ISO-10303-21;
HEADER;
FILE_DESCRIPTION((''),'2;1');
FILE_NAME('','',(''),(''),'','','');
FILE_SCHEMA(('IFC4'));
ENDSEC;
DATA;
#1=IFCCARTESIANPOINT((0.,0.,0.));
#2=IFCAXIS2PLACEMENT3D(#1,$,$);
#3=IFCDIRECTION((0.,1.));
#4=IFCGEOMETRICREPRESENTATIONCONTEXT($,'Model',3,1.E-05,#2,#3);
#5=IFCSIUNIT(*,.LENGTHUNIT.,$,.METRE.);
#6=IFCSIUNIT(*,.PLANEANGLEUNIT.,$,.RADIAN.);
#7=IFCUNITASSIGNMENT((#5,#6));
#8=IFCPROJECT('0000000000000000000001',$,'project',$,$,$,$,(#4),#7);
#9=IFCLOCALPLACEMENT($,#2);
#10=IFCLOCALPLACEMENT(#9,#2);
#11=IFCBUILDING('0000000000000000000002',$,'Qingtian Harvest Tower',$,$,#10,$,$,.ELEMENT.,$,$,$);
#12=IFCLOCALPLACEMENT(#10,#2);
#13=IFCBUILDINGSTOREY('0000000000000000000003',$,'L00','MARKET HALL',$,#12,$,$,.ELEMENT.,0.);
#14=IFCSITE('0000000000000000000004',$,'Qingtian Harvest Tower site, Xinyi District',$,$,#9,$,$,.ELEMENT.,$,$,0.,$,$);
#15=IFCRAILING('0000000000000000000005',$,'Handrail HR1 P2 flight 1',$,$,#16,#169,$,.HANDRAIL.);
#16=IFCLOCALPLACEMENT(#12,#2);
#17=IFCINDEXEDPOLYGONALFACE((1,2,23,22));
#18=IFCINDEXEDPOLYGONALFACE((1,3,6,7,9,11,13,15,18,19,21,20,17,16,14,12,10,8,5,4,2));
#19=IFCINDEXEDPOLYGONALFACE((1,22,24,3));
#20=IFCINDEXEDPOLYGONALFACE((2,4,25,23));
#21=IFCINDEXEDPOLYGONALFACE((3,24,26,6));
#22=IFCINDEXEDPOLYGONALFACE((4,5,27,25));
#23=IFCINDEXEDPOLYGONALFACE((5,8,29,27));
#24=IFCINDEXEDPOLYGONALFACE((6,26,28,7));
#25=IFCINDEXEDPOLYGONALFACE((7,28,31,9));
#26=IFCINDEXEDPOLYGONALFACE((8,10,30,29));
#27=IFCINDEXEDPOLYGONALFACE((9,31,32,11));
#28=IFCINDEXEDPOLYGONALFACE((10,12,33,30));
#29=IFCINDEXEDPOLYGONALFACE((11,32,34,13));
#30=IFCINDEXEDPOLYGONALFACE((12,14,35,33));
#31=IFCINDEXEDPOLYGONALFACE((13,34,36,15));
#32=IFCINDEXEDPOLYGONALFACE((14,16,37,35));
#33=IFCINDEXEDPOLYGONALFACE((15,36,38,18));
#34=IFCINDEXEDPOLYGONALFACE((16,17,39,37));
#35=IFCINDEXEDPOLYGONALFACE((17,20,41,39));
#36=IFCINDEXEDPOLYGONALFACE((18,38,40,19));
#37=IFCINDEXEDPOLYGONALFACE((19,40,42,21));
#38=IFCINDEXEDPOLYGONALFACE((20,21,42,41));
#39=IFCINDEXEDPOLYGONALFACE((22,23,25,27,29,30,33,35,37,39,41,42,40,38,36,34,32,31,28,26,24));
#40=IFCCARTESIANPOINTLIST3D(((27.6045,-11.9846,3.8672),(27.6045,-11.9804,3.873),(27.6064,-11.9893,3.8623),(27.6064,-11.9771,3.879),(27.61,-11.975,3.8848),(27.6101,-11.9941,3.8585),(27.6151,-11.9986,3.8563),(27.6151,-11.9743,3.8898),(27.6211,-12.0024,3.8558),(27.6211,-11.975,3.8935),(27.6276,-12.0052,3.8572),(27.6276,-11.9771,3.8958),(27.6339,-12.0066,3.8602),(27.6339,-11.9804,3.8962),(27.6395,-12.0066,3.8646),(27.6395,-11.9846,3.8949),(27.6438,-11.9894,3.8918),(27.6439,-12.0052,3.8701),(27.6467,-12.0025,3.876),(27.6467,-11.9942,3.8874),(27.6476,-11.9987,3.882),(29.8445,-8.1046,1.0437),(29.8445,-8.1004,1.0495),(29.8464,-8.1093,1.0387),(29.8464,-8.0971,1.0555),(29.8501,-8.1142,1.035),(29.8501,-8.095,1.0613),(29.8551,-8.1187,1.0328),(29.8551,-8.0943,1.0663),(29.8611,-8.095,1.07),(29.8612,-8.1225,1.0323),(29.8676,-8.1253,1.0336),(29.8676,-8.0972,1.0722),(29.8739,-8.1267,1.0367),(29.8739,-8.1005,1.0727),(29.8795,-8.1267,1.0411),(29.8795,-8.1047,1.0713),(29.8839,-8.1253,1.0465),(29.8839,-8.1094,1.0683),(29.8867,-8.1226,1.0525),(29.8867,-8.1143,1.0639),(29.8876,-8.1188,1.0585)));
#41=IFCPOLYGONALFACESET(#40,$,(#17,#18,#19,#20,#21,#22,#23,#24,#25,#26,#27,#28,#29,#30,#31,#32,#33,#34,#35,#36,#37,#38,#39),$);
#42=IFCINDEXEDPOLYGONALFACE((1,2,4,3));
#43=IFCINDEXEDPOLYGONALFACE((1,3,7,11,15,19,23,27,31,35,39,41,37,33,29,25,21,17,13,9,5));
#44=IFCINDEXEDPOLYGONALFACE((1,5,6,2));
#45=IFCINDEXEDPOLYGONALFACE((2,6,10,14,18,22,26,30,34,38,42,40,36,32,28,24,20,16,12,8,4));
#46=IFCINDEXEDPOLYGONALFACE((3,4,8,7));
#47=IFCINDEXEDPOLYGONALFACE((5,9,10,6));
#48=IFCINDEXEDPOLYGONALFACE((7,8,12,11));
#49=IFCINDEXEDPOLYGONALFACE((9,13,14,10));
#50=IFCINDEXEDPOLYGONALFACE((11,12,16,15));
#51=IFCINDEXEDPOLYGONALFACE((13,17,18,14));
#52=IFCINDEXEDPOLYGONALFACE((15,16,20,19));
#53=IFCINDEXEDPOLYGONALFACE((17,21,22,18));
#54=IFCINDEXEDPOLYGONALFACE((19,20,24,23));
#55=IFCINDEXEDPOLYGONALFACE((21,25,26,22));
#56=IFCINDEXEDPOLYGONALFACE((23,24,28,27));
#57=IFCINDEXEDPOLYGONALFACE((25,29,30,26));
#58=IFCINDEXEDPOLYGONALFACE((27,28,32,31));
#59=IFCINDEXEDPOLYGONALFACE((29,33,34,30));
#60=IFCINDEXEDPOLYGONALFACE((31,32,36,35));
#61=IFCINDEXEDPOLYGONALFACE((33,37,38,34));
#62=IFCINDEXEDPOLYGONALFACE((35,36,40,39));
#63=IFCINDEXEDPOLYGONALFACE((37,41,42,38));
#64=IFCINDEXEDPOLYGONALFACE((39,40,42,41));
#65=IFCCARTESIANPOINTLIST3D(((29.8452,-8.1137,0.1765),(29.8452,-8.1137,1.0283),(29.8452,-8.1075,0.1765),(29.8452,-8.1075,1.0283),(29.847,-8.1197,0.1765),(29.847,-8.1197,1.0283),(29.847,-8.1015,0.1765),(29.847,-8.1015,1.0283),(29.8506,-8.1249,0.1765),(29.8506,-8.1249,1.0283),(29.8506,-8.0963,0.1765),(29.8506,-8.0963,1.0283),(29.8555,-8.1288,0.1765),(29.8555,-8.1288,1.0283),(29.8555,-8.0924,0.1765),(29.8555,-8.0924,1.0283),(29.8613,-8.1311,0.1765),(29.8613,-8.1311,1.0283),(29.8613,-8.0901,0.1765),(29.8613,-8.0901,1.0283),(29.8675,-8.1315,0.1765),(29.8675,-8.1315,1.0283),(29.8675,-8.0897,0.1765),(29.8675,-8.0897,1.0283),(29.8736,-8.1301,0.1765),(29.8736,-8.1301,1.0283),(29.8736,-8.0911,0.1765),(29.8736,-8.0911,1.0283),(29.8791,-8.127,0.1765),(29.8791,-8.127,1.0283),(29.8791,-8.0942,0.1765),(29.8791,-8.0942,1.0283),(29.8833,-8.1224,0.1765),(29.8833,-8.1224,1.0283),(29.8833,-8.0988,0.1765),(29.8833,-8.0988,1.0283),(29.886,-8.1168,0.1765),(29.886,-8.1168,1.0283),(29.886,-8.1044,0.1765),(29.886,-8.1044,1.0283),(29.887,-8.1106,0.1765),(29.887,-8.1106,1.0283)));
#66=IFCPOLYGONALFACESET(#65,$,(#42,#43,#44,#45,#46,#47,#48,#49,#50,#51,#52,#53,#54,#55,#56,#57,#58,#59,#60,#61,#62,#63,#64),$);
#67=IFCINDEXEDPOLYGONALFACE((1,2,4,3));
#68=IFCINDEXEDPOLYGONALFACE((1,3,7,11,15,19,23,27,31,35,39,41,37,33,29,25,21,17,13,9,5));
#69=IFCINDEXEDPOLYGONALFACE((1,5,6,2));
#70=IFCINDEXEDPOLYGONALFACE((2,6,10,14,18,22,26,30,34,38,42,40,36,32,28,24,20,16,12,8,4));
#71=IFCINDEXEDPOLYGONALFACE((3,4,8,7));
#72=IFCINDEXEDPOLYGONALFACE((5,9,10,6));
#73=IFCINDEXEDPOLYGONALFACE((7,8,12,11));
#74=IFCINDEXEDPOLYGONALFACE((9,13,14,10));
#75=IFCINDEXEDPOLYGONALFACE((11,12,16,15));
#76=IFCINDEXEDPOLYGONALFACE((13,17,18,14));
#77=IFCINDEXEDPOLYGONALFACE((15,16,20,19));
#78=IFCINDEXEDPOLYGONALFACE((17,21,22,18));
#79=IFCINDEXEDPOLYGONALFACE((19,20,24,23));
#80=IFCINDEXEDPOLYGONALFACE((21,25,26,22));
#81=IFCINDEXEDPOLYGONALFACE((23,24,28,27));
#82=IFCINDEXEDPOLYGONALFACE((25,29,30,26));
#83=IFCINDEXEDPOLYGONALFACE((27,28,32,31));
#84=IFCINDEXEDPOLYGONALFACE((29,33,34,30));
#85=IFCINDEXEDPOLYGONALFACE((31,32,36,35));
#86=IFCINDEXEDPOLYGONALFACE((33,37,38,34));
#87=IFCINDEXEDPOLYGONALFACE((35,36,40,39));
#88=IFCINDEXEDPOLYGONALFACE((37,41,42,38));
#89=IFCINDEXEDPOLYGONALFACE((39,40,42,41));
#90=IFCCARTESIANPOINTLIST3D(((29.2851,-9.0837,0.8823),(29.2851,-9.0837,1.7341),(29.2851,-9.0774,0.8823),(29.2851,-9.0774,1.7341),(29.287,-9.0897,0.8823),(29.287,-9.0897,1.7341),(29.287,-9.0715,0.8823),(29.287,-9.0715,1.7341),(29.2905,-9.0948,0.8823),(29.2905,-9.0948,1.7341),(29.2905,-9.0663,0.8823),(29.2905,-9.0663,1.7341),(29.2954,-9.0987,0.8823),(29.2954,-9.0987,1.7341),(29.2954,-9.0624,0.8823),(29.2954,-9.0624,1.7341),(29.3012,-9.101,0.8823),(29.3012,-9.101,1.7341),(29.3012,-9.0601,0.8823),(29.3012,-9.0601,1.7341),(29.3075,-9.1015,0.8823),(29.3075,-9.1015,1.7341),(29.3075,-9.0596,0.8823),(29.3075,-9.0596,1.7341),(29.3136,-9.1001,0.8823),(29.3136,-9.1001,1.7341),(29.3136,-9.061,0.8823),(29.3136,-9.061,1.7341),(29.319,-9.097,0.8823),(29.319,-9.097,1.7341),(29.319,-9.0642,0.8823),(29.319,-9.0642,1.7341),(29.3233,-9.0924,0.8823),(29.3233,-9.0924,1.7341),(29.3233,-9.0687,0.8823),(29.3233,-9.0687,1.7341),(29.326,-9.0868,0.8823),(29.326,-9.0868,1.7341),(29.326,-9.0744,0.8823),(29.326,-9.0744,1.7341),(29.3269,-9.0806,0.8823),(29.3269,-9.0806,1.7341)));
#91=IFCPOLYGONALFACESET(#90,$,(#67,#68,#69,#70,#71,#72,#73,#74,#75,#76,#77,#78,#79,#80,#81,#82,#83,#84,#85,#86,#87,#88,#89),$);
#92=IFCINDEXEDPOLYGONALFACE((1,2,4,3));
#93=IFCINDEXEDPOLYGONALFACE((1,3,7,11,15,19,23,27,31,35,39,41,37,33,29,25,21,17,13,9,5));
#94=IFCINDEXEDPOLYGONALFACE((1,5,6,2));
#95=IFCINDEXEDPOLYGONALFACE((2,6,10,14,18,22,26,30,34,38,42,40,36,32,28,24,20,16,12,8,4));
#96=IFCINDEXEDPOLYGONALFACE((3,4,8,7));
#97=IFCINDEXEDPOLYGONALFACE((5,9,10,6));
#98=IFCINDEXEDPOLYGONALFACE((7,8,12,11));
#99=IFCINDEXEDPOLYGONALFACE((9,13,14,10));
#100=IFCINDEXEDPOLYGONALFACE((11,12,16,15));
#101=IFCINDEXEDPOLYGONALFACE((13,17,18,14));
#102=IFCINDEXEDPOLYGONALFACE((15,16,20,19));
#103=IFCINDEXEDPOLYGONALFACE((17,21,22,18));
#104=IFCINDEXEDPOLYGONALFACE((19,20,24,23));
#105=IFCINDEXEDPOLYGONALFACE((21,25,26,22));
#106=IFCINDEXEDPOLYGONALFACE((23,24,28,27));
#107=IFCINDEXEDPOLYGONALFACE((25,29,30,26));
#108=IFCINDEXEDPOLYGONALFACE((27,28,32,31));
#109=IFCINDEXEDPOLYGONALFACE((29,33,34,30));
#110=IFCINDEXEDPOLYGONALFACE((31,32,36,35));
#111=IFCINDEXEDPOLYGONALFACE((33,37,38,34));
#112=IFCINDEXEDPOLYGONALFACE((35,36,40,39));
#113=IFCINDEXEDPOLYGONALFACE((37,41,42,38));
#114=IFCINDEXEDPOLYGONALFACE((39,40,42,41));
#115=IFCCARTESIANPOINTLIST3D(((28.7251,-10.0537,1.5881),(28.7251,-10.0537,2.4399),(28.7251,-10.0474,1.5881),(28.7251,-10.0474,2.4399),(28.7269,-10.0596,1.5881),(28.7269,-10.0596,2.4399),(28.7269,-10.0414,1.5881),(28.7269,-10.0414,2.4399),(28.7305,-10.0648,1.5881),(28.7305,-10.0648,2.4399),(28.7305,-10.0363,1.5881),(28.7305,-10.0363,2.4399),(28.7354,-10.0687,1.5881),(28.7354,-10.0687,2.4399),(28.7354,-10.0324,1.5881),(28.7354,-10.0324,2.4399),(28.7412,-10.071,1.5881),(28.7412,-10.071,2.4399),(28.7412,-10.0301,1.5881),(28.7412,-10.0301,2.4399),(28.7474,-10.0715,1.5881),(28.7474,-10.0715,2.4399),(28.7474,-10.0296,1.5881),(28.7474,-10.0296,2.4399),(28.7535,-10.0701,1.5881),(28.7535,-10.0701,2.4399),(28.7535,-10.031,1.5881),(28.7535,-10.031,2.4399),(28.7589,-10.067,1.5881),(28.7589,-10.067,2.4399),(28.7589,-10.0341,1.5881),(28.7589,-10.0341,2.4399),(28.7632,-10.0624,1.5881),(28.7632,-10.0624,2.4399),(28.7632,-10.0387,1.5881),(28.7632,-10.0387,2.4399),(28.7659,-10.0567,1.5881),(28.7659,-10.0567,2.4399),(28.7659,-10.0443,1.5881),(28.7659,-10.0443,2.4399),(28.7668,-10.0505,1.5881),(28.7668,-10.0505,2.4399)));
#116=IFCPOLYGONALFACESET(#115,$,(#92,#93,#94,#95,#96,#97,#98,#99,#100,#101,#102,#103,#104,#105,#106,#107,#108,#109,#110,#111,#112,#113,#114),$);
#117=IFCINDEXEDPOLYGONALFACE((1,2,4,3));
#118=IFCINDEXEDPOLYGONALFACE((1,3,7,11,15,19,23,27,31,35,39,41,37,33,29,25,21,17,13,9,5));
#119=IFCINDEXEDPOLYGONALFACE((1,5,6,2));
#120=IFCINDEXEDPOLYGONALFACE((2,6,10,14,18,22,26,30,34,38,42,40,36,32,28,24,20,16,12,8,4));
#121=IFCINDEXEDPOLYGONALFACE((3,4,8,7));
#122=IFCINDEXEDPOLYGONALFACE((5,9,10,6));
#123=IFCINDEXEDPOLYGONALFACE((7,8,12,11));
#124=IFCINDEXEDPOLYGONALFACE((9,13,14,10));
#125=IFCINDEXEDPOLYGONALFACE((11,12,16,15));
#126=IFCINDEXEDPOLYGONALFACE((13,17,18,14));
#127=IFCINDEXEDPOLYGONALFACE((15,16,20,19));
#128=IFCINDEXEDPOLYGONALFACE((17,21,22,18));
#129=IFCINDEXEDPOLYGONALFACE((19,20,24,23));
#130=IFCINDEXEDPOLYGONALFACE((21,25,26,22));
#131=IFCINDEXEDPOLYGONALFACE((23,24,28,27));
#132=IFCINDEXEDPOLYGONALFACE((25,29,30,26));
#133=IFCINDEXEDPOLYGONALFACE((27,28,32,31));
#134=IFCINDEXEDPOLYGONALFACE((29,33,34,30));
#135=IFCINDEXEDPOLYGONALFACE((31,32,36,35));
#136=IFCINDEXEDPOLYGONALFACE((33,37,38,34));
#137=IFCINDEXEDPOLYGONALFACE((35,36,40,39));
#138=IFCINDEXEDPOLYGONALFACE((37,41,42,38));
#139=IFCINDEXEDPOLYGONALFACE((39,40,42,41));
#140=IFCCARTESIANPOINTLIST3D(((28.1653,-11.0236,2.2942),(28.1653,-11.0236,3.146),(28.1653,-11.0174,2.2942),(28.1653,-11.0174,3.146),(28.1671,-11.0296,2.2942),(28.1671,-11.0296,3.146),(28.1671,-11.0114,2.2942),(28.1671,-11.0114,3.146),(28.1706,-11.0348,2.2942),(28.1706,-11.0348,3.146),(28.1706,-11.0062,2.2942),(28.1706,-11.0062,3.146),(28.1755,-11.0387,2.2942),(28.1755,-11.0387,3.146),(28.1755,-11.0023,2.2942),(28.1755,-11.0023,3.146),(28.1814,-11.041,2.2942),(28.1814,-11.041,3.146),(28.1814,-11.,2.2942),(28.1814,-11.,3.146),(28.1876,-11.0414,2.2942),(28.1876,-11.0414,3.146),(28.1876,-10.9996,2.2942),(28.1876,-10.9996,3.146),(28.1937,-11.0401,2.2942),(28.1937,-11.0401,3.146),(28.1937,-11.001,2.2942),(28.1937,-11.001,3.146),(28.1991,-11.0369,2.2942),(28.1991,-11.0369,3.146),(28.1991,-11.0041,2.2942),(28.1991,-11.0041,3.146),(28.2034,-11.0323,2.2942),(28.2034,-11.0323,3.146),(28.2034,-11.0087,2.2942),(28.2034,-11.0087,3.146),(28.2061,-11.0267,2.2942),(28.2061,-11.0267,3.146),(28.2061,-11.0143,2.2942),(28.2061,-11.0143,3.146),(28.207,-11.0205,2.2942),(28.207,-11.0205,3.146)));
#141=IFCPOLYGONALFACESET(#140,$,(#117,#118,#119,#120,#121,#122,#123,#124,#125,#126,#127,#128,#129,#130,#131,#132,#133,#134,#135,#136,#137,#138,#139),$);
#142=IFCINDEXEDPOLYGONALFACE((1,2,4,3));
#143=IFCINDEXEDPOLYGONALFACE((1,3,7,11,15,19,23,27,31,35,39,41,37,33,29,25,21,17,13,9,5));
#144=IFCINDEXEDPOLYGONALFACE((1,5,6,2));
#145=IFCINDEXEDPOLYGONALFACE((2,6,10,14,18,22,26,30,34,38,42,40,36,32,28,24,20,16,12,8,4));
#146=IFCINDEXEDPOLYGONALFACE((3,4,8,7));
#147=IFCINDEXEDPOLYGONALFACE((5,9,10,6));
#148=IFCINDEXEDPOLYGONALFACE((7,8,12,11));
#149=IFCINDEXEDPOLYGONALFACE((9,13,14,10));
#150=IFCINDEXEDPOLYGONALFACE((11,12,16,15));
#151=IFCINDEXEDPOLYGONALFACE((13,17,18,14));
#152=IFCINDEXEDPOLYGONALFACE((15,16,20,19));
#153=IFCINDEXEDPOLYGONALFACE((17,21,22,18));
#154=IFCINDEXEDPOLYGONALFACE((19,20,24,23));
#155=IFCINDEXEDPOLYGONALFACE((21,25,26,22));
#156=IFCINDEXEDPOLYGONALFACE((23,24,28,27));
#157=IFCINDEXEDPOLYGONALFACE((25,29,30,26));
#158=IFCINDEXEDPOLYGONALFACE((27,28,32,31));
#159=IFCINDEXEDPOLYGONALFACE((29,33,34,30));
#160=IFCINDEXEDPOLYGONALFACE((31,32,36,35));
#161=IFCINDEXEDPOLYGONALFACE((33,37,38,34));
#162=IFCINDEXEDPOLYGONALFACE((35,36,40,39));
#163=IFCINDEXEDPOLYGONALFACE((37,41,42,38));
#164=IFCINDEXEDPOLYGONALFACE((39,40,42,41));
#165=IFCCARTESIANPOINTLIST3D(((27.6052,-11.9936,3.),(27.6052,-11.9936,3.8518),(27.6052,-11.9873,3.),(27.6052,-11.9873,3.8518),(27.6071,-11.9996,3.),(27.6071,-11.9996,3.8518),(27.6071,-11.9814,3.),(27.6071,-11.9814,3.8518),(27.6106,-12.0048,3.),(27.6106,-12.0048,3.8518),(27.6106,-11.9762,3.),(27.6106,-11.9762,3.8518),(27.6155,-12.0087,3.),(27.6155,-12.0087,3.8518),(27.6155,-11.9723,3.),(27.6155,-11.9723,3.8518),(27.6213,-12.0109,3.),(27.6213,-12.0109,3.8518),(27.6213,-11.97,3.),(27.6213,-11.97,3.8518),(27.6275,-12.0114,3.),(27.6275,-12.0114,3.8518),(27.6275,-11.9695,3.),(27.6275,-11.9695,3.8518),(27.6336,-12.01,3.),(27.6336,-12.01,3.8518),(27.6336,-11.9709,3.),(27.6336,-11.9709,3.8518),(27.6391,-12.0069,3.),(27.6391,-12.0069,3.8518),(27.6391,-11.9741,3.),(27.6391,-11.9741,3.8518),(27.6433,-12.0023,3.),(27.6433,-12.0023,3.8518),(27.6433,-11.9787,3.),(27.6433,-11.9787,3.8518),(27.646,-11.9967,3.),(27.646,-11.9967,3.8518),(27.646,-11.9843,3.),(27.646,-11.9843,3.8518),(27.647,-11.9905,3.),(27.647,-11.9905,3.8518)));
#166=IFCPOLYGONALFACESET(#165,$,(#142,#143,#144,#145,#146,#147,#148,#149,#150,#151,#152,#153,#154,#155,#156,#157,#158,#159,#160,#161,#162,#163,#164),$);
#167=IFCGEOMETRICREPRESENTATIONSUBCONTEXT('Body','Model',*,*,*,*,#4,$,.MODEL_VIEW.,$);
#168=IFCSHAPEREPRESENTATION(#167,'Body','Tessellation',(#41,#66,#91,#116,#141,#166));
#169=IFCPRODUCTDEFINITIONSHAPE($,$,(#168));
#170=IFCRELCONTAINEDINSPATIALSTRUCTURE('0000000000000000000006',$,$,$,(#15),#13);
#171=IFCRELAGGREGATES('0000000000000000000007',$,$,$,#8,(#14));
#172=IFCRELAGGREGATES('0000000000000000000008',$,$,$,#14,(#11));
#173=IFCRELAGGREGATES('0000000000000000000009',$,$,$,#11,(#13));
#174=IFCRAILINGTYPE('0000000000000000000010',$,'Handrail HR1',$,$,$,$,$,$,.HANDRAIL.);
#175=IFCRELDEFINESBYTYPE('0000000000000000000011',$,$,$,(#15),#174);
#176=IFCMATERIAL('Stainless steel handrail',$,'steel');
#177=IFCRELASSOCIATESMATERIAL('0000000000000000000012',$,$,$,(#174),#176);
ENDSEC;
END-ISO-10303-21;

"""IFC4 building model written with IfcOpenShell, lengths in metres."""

from ifc_helpers import new_model, si_unit, direction, frame, origin, origin_2d, place, context, subcontext, project, spatial, circle, extrude, material, type_object, element, save


model = new_model("IFC4")

# Units and contexts
model_context = context("Model", 3, precision=1e-05, world=origin(), true_north=direction((0.0, 1.0)))
body_context = subcontext(model_context, "Body", "Model", "MODEL_VIEW")
ifc_project = project(units=[si_unit("LENGTHUNIT", "METRE"), si_unit("PLANEANGLEUNIT", "RADIAN")], contexts=[model_context])

# Site, building, storey
site_placement = place(None, origin())
site = spatial("IfcSite", under=ifc_project, at=site_placement, Name="Qingtian Harvest Tower site, Xinyi District", CompositionType="ELEMENT", RefElevation=0.0)
building_placement = place(site_placement, origin())
building = spatial("IfcBuilding", under=site, at=building_placement, Name="Qingtian Harvest Tower", CompositionType="ELEMENT")
storey_placement = place(building_placement, origin())
storey = spatial("IfcBuildingStorey", under=building, at=storey_placement, Name="L00", Description="MARKET HALL", CompositionType="ELEMENT", Elevation=0.0)

# Railing
ifc_material_1 = material(Name="Stainless steel handrail", Category="steel")
railing_type = type_object("IfcRailingType", Name="Handrail HR1", PredefinedType="HANDRAIL", material=ifc_material_1)
railing_1_placement = place(storey_placement, frame((29.866, -8.1106, 0.1765)))
element("IfcRailing", 1, at=railing_1_placement, inside=storey, type_object=railing_type, Name="Handrail HR1 P2 flight 1", PredefinedType="HANDRAIL", context=body_context, shape_type="SweptSolid", body=[
    extrude(circle(Radius=0.0239, at=origin_2d()), frame((0.0, 0.0, 0.876), z_axis=(-0.422993, -0.732665, 0.533178), x_axis=(0.866031, -0.49999, 0.0)), (0.0, 0.0, 1.0), 5.2957),
    extrude(circle(Radius=0.021, at=origin_2d()), origin(), (0.0, 0.0, 1.0), 0.8518),
    extrude(circle(Radius=0.021, at=origin_2d()), frame((-0.5601, -0.97, 0.7058)), (0.0, 0.0, 1.0), 0.8518),
    extrude(circle(Radius=0.021, at=origin_2d()), frame((-1.1201, -1.9399, 1.4116)), (0.0, 0.0, 1.0), 0.8518),
    extrude(circle(Radius=0.021, at=origin_2d()), frame((-1.6799, -2.9099, 2.1177)), (0.0, 0.0, 1.0), 0.8518),
    extrude(circle(Radius=0.021, at=origin_2d()), frame((-2.24, -3.8799, 2.8235)), (0.0, 0.0, 1.0), 0.8518),
])

save(model, "model.ifc")
